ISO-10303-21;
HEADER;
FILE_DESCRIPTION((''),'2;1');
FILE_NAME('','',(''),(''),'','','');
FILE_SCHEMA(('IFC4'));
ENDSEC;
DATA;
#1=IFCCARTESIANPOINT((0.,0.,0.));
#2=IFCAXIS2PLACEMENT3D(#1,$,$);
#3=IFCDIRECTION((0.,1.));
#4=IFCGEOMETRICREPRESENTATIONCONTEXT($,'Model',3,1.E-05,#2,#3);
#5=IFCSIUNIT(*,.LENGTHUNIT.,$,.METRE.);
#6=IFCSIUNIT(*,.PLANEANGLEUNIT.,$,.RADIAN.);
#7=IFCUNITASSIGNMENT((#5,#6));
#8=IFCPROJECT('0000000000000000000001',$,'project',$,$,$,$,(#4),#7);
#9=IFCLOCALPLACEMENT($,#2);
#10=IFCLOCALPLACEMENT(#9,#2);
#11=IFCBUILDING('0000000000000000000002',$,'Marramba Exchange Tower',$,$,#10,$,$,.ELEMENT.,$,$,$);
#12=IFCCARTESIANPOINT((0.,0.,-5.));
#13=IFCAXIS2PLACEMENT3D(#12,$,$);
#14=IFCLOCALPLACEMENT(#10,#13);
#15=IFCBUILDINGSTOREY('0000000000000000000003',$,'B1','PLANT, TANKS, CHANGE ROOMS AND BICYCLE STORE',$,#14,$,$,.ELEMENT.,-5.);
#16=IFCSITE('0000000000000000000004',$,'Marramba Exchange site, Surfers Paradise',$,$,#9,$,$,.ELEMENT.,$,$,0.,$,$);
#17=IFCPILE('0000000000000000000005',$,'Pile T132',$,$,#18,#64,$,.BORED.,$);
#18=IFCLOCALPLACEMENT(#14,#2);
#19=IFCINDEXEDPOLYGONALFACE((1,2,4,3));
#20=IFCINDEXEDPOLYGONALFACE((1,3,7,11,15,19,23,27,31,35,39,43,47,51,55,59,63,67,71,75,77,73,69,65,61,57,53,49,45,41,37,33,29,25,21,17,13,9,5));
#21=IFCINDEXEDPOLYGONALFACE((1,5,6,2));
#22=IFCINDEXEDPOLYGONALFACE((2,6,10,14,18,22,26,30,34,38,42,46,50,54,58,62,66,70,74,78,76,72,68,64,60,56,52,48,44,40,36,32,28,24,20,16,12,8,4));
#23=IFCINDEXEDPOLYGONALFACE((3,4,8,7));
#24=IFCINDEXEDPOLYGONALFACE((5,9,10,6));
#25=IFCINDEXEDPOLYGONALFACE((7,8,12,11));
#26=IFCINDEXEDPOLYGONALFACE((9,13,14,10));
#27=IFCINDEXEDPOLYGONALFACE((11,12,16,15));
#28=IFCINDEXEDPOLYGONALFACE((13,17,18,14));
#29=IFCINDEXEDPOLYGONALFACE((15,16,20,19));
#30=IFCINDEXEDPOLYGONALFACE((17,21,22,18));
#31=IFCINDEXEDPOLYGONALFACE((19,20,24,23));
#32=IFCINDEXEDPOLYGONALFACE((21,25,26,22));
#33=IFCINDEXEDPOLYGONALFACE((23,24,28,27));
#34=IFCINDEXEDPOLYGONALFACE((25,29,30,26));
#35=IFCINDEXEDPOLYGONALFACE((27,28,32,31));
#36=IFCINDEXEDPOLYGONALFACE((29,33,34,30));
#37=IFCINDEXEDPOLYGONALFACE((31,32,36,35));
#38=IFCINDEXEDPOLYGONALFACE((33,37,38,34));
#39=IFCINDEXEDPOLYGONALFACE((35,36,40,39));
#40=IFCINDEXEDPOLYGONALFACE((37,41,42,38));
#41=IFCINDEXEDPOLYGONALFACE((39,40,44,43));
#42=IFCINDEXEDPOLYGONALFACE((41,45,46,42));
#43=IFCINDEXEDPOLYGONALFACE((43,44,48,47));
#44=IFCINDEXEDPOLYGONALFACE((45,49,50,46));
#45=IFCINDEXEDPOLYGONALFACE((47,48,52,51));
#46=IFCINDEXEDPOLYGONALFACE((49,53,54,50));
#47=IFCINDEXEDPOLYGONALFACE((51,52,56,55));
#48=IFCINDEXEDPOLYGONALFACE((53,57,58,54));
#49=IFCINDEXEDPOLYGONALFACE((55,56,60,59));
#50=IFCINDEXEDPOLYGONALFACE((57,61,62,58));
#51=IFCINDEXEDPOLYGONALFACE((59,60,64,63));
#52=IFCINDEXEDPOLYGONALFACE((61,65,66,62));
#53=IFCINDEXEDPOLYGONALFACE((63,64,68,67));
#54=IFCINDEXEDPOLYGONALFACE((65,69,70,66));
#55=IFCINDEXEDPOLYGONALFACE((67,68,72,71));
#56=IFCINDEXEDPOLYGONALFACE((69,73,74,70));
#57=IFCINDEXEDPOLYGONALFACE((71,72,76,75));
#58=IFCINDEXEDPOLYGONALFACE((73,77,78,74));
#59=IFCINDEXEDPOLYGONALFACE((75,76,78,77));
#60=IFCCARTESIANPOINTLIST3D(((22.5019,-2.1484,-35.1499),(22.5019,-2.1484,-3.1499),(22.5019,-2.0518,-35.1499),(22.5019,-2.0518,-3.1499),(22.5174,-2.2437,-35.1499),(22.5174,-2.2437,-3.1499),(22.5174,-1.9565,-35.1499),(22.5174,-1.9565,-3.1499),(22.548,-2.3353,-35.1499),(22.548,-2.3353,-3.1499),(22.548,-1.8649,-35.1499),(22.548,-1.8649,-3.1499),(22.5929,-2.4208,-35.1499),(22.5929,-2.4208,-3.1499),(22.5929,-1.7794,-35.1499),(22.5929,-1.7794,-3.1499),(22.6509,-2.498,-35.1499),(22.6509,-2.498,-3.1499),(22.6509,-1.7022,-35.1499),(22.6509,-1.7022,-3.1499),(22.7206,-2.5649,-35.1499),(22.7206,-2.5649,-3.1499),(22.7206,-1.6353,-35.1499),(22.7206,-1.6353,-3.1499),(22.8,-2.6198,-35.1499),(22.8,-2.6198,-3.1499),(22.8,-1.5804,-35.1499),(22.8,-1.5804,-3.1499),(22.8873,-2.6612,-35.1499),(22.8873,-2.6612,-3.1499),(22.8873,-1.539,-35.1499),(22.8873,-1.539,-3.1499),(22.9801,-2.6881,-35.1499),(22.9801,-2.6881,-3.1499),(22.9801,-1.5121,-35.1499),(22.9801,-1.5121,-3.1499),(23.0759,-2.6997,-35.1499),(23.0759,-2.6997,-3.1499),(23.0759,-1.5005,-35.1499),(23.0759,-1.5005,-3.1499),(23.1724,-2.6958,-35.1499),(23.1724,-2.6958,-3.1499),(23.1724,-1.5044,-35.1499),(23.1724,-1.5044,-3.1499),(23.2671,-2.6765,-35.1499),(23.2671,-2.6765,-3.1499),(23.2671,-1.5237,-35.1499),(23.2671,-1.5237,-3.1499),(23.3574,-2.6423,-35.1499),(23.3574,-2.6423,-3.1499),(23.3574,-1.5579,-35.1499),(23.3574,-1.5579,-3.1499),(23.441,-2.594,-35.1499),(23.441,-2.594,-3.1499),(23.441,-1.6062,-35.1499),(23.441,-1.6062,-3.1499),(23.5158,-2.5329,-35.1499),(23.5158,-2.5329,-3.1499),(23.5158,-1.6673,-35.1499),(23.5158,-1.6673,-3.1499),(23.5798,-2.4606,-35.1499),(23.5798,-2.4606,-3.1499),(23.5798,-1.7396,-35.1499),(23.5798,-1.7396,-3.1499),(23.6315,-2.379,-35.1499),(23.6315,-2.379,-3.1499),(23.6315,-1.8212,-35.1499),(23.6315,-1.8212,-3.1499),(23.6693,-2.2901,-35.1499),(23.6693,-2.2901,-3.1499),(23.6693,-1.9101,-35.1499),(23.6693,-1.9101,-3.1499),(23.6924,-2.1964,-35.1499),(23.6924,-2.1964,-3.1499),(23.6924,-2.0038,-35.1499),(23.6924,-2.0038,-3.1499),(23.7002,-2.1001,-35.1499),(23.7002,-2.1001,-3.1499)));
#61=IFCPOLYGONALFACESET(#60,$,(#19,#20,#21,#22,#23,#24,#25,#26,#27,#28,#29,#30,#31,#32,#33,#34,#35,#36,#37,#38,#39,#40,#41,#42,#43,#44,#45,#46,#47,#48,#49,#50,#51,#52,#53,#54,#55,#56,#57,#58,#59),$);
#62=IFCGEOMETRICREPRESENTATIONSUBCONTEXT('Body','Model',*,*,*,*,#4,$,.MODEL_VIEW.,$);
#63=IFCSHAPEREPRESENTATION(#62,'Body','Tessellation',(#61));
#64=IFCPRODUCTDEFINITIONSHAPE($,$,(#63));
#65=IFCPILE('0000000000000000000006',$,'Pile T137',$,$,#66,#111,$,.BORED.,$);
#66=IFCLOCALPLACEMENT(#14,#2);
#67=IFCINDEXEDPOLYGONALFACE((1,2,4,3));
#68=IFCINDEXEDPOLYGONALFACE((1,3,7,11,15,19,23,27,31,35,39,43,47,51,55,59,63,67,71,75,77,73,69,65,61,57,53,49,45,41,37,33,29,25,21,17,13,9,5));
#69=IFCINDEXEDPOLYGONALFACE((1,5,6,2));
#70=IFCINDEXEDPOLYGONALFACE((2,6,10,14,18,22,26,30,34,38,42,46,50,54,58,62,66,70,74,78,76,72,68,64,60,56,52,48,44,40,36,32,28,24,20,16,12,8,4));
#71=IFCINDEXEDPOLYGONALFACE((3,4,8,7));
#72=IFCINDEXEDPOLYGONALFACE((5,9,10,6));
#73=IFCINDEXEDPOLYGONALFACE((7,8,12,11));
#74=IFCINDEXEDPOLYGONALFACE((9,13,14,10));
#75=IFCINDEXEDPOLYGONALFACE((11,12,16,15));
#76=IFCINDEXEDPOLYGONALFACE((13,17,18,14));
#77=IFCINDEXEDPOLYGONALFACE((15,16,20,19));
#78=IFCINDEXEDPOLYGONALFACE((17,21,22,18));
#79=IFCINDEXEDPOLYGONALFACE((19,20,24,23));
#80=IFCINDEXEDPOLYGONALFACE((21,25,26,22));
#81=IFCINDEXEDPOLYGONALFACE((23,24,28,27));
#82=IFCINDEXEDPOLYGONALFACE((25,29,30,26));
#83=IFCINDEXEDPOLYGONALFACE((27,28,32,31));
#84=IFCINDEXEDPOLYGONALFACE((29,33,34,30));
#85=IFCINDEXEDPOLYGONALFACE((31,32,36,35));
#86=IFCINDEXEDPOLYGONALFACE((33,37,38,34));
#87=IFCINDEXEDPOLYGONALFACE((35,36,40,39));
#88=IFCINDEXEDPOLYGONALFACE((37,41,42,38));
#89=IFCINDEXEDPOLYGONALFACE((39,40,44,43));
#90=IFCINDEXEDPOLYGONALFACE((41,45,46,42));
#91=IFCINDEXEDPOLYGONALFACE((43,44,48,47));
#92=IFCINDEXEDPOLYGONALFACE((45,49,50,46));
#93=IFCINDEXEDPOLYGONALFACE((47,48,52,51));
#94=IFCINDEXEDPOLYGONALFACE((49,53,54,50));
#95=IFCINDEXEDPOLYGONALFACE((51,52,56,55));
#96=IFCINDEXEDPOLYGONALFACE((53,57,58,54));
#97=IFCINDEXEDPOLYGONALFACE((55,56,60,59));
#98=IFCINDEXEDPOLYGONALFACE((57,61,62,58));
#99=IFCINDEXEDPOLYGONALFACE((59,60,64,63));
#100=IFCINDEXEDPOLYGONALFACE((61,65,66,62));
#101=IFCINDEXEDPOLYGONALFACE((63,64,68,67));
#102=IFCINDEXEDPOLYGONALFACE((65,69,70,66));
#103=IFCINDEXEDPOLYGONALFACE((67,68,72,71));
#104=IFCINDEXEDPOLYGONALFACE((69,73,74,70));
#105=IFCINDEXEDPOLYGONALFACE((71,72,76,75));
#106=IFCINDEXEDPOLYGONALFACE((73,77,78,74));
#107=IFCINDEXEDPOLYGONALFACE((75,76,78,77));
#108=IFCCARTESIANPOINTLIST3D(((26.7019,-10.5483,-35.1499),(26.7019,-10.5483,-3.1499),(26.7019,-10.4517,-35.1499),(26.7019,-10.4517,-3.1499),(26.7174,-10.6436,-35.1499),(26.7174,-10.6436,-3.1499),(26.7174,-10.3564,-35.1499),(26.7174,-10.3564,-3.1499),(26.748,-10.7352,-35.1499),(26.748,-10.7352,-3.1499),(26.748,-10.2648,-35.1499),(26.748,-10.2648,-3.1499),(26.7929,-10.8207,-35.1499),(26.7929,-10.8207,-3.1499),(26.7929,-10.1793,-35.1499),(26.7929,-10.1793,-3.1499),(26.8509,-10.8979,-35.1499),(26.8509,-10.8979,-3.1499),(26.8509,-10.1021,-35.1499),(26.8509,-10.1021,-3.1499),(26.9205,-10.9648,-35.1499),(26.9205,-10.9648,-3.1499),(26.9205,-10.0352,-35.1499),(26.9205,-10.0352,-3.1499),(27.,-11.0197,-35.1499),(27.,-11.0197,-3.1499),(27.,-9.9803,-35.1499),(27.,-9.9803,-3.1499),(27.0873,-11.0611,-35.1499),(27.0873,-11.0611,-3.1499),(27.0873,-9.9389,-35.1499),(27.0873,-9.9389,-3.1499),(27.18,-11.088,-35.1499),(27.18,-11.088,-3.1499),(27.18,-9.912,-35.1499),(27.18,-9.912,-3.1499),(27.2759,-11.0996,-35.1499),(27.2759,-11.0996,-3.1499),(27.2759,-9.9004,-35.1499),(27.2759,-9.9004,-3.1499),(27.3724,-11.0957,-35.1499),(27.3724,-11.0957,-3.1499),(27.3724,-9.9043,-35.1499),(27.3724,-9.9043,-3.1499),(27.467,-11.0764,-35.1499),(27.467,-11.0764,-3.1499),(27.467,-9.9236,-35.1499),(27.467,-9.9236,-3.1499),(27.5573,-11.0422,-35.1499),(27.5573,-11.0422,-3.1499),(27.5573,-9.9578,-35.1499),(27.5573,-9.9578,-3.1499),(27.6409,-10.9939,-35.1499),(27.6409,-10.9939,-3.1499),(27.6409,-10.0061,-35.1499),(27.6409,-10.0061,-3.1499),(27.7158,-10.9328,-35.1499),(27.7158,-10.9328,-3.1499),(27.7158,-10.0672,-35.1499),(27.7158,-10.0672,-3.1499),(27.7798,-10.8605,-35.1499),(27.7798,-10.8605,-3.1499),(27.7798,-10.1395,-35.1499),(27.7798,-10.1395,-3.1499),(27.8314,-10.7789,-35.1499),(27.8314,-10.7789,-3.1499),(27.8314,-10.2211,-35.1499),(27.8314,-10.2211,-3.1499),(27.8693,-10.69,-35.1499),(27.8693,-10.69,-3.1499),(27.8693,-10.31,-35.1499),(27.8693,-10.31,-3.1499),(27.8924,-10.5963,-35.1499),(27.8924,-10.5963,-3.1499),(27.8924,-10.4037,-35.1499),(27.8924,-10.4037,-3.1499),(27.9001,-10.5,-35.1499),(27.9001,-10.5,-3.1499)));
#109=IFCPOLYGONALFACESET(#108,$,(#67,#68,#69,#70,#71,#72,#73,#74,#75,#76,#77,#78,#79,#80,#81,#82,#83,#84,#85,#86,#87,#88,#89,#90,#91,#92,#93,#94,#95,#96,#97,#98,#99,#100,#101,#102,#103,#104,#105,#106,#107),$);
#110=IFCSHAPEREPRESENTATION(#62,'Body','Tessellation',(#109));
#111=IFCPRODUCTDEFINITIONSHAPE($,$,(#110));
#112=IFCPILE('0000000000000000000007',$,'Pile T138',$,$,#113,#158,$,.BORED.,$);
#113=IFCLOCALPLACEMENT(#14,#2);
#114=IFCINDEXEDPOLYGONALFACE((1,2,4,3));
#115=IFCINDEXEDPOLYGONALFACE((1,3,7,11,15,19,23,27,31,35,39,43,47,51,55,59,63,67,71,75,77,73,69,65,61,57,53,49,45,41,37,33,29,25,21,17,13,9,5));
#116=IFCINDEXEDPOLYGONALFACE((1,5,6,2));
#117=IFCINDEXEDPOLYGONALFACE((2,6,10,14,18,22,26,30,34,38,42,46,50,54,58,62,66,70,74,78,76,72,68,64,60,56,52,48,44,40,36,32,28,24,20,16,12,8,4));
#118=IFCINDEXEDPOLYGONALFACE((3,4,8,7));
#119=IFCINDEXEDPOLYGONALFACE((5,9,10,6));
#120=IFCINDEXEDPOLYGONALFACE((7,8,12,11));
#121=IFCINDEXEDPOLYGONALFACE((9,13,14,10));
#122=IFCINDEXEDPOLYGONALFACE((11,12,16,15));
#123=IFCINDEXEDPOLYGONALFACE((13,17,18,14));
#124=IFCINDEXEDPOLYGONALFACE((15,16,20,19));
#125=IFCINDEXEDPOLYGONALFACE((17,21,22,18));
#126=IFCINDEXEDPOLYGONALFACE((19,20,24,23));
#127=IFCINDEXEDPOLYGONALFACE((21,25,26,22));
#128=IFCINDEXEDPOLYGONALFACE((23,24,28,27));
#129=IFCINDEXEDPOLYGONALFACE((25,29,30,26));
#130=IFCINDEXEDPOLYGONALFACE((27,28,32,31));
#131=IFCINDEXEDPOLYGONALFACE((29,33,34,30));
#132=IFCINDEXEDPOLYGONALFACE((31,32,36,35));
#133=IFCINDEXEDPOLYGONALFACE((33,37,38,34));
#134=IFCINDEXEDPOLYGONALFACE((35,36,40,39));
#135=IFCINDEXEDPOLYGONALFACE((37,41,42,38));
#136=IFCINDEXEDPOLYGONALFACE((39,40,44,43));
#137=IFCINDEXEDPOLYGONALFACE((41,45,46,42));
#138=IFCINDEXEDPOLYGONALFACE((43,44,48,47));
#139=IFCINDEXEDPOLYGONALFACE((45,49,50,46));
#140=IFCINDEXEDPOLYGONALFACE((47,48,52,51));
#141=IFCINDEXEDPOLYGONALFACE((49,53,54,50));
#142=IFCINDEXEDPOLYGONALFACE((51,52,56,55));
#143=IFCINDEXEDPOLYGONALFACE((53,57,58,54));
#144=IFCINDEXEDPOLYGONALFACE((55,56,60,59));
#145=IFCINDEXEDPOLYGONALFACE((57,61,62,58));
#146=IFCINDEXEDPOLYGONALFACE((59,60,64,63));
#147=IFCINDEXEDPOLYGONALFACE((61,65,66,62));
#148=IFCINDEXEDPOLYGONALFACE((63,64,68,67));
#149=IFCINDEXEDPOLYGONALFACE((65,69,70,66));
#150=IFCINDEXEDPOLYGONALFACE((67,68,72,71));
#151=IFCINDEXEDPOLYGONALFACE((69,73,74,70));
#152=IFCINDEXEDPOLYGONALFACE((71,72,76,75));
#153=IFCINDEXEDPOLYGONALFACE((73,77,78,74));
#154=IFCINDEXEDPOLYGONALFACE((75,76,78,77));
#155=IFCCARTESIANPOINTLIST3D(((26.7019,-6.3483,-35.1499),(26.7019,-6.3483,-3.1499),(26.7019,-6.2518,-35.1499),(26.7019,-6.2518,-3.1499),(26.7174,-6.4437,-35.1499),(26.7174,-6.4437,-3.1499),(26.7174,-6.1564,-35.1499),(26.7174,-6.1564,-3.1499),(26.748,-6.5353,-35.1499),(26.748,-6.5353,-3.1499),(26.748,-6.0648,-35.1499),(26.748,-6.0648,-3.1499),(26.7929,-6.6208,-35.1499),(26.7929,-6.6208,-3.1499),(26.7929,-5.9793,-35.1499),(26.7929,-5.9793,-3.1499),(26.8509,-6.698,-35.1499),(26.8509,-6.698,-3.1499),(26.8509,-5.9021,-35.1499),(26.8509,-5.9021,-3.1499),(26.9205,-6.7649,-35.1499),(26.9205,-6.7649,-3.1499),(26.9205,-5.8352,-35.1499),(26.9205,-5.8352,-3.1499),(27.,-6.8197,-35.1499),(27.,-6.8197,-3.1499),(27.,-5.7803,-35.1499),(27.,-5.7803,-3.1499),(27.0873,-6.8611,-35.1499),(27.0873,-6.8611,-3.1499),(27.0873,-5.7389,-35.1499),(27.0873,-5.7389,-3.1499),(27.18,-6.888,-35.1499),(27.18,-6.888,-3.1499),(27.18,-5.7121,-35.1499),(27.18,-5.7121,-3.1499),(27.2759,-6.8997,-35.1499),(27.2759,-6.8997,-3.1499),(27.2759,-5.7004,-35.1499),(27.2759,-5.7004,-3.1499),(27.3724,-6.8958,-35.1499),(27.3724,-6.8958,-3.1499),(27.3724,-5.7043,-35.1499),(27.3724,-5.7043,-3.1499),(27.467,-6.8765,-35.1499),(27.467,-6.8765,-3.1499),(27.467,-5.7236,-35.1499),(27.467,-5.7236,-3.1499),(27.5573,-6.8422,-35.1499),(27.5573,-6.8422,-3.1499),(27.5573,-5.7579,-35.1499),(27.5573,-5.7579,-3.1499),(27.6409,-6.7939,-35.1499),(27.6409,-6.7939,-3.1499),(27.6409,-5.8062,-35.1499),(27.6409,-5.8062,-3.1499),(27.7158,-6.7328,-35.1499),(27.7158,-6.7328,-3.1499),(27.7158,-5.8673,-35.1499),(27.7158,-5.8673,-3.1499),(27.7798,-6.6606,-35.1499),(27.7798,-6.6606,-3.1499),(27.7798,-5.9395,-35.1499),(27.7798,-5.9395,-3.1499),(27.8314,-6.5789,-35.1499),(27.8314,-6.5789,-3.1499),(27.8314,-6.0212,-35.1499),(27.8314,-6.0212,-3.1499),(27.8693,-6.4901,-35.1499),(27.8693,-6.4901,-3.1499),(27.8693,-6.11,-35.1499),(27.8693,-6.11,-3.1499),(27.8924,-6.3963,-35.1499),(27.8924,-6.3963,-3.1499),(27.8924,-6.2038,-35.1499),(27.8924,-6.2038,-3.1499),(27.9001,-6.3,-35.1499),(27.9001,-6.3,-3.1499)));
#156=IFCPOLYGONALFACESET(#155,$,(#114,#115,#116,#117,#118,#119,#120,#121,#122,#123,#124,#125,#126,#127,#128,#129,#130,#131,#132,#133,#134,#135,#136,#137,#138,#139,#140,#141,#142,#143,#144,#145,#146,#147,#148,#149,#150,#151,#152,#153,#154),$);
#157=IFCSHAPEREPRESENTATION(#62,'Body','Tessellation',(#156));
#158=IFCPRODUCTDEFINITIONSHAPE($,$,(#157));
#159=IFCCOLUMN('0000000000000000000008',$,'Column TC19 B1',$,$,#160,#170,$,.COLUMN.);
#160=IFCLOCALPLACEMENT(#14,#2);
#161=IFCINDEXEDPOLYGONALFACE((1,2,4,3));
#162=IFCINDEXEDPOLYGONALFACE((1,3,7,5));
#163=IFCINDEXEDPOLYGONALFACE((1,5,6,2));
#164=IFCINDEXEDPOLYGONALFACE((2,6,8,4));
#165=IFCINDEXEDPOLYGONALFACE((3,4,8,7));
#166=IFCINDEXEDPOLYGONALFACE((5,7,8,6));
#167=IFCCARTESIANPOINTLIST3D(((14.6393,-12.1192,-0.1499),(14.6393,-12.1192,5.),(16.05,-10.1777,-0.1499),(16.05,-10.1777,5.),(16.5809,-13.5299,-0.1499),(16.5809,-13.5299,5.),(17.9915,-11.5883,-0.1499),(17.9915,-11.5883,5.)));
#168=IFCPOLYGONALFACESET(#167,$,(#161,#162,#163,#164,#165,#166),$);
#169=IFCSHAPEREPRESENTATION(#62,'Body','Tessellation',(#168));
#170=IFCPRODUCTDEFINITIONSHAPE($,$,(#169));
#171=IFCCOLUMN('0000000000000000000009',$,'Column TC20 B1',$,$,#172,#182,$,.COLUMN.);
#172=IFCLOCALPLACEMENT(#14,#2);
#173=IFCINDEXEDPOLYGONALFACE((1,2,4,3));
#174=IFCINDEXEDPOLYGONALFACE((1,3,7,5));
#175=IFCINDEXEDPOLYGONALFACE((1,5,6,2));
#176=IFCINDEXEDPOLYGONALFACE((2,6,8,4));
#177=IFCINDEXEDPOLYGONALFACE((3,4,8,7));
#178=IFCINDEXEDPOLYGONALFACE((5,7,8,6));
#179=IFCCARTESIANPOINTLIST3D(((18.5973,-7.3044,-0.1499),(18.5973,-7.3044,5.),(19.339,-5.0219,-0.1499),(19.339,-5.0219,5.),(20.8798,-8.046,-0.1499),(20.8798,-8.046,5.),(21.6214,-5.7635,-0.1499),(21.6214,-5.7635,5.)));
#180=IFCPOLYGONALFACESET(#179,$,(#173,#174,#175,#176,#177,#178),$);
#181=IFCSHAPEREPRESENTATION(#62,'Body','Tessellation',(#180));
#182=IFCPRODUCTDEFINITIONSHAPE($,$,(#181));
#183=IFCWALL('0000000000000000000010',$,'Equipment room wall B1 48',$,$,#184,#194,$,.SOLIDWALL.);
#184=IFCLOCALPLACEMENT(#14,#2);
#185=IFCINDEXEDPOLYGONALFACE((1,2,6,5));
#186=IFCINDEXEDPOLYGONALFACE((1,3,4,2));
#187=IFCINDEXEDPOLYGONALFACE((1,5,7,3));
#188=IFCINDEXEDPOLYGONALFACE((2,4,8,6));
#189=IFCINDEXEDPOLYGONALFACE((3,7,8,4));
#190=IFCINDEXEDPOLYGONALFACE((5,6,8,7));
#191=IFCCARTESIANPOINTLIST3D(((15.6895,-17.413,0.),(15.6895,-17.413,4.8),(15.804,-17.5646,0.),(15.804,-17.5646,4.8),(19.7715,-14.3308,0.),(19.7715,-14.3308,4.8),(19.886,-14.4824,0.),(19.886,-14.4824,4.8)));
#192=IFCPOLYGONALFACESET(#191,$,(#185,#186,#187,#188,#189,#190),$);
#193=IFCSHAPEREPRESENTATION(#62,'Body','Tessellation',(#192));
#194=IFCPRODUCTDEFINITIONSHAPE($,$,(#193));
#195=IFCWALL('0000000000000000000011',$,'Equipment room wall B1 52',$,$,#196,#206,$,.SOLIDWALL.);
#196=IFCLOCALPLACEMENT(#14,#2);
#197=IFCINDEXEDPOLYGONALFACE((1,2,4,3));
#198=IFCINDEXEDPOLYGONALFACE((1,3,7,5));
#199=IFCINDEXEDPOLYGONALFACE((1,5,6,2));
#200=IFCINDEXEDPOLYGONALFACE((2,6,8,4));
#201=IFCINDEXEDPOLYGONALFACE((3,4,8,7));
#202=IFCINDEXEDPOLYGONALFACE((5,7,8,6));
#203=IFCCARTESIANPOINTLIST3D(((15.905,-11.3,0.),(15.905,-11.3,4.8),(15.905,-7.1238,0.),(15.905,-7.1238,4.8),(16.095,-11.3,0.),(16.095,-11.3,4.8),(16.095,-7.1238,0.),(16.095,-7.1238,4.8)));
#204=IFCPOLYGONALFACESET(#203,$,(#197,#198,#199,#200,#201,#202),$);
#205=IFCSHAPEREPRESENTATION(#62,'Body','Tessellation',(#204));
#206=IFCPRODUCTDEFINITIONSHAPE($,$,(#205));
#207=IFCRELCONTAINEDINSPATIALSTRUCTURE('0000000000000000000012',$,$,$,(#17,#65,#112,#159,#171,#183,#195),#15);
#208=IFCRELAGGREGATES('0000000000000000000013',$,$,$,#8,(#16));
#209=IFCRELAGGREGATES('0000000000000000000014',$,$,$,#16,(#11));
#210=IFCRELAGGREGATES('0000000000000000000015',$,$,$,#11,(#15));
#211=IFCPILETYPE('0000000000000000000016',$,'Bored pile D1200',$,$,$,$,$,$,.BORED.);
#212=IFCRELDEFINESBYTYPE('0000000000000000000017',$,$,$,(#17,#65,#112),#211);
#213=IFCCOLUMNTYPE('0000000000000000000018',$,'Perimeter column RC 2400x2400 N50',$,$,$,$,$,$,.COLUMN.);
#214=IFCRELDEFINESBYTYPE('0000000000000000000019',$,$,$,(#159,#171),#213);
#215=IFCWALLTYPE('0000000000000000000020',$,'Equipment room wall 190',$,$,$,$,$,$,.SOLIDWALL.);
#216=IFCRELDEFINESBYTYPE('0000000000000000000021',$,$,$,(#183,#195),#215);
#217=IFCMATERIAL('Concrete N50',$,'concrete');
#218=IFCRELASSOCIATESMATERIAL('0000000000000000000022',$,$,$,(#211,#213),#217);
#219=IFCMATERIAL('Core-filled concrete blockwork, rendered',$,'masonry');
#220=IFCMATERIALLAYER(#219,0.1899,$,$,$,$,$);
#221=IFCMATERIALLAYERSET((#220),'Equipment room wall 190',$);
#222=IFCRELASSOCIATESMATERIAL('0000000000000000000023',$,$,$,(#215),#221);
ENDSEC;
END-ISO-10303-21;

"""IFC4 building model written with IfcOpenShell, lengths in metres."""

from ifc_helpers import new_model, si_unit, direction, frame, frame_2d, origin, origin_2d, place, context, subcontext, project, spatial, rectangle, circle, extrude, material, layer, layer_set, material_profile, profile_set, type_object, element, save


model = new_model("IFC4")

# Units and contexts
model_context = context("Model", 3, precision=1e-05, world=origin(), true_north=direction((0.0, 1.0)))
body_context = subcontext(model_context, "Body", "Model", "MODEL_VIEW")
ifc_project = project(units=[si_unit("LENGTHUNIT", "METRE"), si_unit("PLANEANGLEUNIT", "RADIAN")], contexts=[model_context])

# Site, building, storey
site_placement = place(None, origin())
site = spatial("IfcSite", under=ifc_project, at=site_placement, Name="Marramba Exchange site, Surfers Paradise", CompositionType="ELEMENT", RefElevation=0.0)
building_placement = place(site_placement, origin())
building = spatial("IfcBuilding", under=site, at=building_placement, Name="Marramba Exchange Tower", CompositionType="ELEMENT")
storey_placement = place(building_placement, frame((0.0, 0.0, -5.0)))
storey = spatial("IfcBuildingStorey", under=building, at=storey_placement, Name="B1", Description="PLANT, TANKS, CHANGE ROOMS AND BICYCLE STORE", CompositionType="ELEMENT", Elevation=-5.0)

# Piles
ifc_material_1 = material(Name="Concrete N50", Category="concrete")
ifc_material_profile_1 = material_profile(ifc_material_1, circle(Radius=0.6001, at=origin_2d()), Name="BP D1200")
ifc_profile_set_1 = profile_set([ifc_material_profile_1], Name="Concrete N50")
pile_type = type_object("IfcPileType", Name="Bored pile D1200", PredefinedType="BORED", material=ifc_profile_set_1)
for number, where, z_axis, x_axis, name in (
    (1, (23.1001, -2.1001, -3.1499), (0.0, 0.0, -1.0), (1.0, 0.0, 0.0), "Pile T132"),
    (2, (27.3, -10.5, -3.1499), (0.0, 0.0, -1.0), (1.0, 0.0, 0.0), "Pile T137"),
    (3, (27.3, -6.3, -3.1499), (0.0, 0.0, -1.0), (1.0, 0.0, 0.0), "Pile T138"),
):
    element("IfcPile", number, at=place(storey_placement, frame(where, z_axis=z_axis, x_axis=x_axis)), inside=storey, type_object=pile_type, Name=name, PredefinedType="BORED", context=body_context, shape_type="SweptSolid", body=[
        extrude(circle(Radius=0.6001, at=origin_2d()), origin(), (0.0, 0.0, 1.0), 32.0),
    ])

# Columns
ifc_material_profile_2 = material_profile(ifc_material_1, rectangle(XDim=2.3999, YDim=2.3999, at=origin_2d()), Name="RC 2400x2400")
ifc_profile_set_2 = profile_set([ifc_material_profile_2], Name="Concrete N50")
column_type = type_object("IfcColumnType", Name="Perimeter column RC 2400x2400 N50", PredefinedType="COLUMN", material=ifc_profile_set_2)
for number, where, z_axis, x_axis, name in (
    (4, (16.3154, -11.8538, -0.1499), (0.0, 0.0, 1.0), (0.809017, -0.587785, 0.0), "Column TC19 B1"),
    (5, (20.1094, -6.5339, -0.1499), (0.0, 0.0, 1.0), (0.951057, -0.309017, 0.0), "Column TC20 B1"),
):
    element("IfcColumn", number, at=place(storey_placement, frame(where, z_axis=z_axis, x_axis=x_axis)), inside=storey, type_object=column_type, Name=name, PredefinedType="COLUMN", context=body_context, shape_type="SweptSolid", body=[
        extrude(rectangle(XDim=2.3999, YDim=2.3999, at=origin_2d()), origin(), (0.0, 0.0, 1.0), 5.1499),
    ])

# Walls
ifc_material_2 = material(Name="Core-filled concrete blockwork, rendered", Category="masonry")
ifc_layer_1 = layer(ifc_material_2, 0.1899)
ifc_layer_set_1 = layer_set([ifc_layer_1], Name="Equipment room wall 190")
wall_type_1 = type_object("IfcWallType", Name="Equipment room wall 190", PredefinedType="SOLIDWALL", material=ifc_layer_set_1)
wall_1_placement = place(storey_placement, frame((19.8289, -14.4065, 0.0), z_axis=(0.0, 0.0, 1.0), x_axis=(-0.798048, -0.602593, 0.0)))
element("IfcWall", 6, at=wall_1_placement, inside=storey, type_object=wall_type_1, Name="Equipment room wall B1 48", PredefinedType="SOLIDWALL", context=body_context, shape_type="SweptSolid", body=[
    extrude(rectangle(XDim=5.115, YDim=0.1899, at=frame_2d((2.5576, 0.0))), origin(), (0.0, 0.0, 1.0), 4.8),
])
wall_2_placement = place(storey_placement, frame((16.0, -11.3, 0.0), z_axis=(0.0, 0.0, 1.0), x_axis=(0.0, 1.0, 0.0)))
element("IfcWall", 7, at=wall_2_placement, inside=storey, type_object=wall_type_1, Name="Equipment room wall B1 52", PredefinedType="SOLIDWALL", context=body_context, shape_type="SweptSolid", body=[
    extrude(rectangle(XDim=4.1763, YDim=0.1899, at=frame_2d((2.0881, 0.0))), origin(), (0.0, 0.0, 1.0), 4.8),
])

save(model, "model.ifc")
